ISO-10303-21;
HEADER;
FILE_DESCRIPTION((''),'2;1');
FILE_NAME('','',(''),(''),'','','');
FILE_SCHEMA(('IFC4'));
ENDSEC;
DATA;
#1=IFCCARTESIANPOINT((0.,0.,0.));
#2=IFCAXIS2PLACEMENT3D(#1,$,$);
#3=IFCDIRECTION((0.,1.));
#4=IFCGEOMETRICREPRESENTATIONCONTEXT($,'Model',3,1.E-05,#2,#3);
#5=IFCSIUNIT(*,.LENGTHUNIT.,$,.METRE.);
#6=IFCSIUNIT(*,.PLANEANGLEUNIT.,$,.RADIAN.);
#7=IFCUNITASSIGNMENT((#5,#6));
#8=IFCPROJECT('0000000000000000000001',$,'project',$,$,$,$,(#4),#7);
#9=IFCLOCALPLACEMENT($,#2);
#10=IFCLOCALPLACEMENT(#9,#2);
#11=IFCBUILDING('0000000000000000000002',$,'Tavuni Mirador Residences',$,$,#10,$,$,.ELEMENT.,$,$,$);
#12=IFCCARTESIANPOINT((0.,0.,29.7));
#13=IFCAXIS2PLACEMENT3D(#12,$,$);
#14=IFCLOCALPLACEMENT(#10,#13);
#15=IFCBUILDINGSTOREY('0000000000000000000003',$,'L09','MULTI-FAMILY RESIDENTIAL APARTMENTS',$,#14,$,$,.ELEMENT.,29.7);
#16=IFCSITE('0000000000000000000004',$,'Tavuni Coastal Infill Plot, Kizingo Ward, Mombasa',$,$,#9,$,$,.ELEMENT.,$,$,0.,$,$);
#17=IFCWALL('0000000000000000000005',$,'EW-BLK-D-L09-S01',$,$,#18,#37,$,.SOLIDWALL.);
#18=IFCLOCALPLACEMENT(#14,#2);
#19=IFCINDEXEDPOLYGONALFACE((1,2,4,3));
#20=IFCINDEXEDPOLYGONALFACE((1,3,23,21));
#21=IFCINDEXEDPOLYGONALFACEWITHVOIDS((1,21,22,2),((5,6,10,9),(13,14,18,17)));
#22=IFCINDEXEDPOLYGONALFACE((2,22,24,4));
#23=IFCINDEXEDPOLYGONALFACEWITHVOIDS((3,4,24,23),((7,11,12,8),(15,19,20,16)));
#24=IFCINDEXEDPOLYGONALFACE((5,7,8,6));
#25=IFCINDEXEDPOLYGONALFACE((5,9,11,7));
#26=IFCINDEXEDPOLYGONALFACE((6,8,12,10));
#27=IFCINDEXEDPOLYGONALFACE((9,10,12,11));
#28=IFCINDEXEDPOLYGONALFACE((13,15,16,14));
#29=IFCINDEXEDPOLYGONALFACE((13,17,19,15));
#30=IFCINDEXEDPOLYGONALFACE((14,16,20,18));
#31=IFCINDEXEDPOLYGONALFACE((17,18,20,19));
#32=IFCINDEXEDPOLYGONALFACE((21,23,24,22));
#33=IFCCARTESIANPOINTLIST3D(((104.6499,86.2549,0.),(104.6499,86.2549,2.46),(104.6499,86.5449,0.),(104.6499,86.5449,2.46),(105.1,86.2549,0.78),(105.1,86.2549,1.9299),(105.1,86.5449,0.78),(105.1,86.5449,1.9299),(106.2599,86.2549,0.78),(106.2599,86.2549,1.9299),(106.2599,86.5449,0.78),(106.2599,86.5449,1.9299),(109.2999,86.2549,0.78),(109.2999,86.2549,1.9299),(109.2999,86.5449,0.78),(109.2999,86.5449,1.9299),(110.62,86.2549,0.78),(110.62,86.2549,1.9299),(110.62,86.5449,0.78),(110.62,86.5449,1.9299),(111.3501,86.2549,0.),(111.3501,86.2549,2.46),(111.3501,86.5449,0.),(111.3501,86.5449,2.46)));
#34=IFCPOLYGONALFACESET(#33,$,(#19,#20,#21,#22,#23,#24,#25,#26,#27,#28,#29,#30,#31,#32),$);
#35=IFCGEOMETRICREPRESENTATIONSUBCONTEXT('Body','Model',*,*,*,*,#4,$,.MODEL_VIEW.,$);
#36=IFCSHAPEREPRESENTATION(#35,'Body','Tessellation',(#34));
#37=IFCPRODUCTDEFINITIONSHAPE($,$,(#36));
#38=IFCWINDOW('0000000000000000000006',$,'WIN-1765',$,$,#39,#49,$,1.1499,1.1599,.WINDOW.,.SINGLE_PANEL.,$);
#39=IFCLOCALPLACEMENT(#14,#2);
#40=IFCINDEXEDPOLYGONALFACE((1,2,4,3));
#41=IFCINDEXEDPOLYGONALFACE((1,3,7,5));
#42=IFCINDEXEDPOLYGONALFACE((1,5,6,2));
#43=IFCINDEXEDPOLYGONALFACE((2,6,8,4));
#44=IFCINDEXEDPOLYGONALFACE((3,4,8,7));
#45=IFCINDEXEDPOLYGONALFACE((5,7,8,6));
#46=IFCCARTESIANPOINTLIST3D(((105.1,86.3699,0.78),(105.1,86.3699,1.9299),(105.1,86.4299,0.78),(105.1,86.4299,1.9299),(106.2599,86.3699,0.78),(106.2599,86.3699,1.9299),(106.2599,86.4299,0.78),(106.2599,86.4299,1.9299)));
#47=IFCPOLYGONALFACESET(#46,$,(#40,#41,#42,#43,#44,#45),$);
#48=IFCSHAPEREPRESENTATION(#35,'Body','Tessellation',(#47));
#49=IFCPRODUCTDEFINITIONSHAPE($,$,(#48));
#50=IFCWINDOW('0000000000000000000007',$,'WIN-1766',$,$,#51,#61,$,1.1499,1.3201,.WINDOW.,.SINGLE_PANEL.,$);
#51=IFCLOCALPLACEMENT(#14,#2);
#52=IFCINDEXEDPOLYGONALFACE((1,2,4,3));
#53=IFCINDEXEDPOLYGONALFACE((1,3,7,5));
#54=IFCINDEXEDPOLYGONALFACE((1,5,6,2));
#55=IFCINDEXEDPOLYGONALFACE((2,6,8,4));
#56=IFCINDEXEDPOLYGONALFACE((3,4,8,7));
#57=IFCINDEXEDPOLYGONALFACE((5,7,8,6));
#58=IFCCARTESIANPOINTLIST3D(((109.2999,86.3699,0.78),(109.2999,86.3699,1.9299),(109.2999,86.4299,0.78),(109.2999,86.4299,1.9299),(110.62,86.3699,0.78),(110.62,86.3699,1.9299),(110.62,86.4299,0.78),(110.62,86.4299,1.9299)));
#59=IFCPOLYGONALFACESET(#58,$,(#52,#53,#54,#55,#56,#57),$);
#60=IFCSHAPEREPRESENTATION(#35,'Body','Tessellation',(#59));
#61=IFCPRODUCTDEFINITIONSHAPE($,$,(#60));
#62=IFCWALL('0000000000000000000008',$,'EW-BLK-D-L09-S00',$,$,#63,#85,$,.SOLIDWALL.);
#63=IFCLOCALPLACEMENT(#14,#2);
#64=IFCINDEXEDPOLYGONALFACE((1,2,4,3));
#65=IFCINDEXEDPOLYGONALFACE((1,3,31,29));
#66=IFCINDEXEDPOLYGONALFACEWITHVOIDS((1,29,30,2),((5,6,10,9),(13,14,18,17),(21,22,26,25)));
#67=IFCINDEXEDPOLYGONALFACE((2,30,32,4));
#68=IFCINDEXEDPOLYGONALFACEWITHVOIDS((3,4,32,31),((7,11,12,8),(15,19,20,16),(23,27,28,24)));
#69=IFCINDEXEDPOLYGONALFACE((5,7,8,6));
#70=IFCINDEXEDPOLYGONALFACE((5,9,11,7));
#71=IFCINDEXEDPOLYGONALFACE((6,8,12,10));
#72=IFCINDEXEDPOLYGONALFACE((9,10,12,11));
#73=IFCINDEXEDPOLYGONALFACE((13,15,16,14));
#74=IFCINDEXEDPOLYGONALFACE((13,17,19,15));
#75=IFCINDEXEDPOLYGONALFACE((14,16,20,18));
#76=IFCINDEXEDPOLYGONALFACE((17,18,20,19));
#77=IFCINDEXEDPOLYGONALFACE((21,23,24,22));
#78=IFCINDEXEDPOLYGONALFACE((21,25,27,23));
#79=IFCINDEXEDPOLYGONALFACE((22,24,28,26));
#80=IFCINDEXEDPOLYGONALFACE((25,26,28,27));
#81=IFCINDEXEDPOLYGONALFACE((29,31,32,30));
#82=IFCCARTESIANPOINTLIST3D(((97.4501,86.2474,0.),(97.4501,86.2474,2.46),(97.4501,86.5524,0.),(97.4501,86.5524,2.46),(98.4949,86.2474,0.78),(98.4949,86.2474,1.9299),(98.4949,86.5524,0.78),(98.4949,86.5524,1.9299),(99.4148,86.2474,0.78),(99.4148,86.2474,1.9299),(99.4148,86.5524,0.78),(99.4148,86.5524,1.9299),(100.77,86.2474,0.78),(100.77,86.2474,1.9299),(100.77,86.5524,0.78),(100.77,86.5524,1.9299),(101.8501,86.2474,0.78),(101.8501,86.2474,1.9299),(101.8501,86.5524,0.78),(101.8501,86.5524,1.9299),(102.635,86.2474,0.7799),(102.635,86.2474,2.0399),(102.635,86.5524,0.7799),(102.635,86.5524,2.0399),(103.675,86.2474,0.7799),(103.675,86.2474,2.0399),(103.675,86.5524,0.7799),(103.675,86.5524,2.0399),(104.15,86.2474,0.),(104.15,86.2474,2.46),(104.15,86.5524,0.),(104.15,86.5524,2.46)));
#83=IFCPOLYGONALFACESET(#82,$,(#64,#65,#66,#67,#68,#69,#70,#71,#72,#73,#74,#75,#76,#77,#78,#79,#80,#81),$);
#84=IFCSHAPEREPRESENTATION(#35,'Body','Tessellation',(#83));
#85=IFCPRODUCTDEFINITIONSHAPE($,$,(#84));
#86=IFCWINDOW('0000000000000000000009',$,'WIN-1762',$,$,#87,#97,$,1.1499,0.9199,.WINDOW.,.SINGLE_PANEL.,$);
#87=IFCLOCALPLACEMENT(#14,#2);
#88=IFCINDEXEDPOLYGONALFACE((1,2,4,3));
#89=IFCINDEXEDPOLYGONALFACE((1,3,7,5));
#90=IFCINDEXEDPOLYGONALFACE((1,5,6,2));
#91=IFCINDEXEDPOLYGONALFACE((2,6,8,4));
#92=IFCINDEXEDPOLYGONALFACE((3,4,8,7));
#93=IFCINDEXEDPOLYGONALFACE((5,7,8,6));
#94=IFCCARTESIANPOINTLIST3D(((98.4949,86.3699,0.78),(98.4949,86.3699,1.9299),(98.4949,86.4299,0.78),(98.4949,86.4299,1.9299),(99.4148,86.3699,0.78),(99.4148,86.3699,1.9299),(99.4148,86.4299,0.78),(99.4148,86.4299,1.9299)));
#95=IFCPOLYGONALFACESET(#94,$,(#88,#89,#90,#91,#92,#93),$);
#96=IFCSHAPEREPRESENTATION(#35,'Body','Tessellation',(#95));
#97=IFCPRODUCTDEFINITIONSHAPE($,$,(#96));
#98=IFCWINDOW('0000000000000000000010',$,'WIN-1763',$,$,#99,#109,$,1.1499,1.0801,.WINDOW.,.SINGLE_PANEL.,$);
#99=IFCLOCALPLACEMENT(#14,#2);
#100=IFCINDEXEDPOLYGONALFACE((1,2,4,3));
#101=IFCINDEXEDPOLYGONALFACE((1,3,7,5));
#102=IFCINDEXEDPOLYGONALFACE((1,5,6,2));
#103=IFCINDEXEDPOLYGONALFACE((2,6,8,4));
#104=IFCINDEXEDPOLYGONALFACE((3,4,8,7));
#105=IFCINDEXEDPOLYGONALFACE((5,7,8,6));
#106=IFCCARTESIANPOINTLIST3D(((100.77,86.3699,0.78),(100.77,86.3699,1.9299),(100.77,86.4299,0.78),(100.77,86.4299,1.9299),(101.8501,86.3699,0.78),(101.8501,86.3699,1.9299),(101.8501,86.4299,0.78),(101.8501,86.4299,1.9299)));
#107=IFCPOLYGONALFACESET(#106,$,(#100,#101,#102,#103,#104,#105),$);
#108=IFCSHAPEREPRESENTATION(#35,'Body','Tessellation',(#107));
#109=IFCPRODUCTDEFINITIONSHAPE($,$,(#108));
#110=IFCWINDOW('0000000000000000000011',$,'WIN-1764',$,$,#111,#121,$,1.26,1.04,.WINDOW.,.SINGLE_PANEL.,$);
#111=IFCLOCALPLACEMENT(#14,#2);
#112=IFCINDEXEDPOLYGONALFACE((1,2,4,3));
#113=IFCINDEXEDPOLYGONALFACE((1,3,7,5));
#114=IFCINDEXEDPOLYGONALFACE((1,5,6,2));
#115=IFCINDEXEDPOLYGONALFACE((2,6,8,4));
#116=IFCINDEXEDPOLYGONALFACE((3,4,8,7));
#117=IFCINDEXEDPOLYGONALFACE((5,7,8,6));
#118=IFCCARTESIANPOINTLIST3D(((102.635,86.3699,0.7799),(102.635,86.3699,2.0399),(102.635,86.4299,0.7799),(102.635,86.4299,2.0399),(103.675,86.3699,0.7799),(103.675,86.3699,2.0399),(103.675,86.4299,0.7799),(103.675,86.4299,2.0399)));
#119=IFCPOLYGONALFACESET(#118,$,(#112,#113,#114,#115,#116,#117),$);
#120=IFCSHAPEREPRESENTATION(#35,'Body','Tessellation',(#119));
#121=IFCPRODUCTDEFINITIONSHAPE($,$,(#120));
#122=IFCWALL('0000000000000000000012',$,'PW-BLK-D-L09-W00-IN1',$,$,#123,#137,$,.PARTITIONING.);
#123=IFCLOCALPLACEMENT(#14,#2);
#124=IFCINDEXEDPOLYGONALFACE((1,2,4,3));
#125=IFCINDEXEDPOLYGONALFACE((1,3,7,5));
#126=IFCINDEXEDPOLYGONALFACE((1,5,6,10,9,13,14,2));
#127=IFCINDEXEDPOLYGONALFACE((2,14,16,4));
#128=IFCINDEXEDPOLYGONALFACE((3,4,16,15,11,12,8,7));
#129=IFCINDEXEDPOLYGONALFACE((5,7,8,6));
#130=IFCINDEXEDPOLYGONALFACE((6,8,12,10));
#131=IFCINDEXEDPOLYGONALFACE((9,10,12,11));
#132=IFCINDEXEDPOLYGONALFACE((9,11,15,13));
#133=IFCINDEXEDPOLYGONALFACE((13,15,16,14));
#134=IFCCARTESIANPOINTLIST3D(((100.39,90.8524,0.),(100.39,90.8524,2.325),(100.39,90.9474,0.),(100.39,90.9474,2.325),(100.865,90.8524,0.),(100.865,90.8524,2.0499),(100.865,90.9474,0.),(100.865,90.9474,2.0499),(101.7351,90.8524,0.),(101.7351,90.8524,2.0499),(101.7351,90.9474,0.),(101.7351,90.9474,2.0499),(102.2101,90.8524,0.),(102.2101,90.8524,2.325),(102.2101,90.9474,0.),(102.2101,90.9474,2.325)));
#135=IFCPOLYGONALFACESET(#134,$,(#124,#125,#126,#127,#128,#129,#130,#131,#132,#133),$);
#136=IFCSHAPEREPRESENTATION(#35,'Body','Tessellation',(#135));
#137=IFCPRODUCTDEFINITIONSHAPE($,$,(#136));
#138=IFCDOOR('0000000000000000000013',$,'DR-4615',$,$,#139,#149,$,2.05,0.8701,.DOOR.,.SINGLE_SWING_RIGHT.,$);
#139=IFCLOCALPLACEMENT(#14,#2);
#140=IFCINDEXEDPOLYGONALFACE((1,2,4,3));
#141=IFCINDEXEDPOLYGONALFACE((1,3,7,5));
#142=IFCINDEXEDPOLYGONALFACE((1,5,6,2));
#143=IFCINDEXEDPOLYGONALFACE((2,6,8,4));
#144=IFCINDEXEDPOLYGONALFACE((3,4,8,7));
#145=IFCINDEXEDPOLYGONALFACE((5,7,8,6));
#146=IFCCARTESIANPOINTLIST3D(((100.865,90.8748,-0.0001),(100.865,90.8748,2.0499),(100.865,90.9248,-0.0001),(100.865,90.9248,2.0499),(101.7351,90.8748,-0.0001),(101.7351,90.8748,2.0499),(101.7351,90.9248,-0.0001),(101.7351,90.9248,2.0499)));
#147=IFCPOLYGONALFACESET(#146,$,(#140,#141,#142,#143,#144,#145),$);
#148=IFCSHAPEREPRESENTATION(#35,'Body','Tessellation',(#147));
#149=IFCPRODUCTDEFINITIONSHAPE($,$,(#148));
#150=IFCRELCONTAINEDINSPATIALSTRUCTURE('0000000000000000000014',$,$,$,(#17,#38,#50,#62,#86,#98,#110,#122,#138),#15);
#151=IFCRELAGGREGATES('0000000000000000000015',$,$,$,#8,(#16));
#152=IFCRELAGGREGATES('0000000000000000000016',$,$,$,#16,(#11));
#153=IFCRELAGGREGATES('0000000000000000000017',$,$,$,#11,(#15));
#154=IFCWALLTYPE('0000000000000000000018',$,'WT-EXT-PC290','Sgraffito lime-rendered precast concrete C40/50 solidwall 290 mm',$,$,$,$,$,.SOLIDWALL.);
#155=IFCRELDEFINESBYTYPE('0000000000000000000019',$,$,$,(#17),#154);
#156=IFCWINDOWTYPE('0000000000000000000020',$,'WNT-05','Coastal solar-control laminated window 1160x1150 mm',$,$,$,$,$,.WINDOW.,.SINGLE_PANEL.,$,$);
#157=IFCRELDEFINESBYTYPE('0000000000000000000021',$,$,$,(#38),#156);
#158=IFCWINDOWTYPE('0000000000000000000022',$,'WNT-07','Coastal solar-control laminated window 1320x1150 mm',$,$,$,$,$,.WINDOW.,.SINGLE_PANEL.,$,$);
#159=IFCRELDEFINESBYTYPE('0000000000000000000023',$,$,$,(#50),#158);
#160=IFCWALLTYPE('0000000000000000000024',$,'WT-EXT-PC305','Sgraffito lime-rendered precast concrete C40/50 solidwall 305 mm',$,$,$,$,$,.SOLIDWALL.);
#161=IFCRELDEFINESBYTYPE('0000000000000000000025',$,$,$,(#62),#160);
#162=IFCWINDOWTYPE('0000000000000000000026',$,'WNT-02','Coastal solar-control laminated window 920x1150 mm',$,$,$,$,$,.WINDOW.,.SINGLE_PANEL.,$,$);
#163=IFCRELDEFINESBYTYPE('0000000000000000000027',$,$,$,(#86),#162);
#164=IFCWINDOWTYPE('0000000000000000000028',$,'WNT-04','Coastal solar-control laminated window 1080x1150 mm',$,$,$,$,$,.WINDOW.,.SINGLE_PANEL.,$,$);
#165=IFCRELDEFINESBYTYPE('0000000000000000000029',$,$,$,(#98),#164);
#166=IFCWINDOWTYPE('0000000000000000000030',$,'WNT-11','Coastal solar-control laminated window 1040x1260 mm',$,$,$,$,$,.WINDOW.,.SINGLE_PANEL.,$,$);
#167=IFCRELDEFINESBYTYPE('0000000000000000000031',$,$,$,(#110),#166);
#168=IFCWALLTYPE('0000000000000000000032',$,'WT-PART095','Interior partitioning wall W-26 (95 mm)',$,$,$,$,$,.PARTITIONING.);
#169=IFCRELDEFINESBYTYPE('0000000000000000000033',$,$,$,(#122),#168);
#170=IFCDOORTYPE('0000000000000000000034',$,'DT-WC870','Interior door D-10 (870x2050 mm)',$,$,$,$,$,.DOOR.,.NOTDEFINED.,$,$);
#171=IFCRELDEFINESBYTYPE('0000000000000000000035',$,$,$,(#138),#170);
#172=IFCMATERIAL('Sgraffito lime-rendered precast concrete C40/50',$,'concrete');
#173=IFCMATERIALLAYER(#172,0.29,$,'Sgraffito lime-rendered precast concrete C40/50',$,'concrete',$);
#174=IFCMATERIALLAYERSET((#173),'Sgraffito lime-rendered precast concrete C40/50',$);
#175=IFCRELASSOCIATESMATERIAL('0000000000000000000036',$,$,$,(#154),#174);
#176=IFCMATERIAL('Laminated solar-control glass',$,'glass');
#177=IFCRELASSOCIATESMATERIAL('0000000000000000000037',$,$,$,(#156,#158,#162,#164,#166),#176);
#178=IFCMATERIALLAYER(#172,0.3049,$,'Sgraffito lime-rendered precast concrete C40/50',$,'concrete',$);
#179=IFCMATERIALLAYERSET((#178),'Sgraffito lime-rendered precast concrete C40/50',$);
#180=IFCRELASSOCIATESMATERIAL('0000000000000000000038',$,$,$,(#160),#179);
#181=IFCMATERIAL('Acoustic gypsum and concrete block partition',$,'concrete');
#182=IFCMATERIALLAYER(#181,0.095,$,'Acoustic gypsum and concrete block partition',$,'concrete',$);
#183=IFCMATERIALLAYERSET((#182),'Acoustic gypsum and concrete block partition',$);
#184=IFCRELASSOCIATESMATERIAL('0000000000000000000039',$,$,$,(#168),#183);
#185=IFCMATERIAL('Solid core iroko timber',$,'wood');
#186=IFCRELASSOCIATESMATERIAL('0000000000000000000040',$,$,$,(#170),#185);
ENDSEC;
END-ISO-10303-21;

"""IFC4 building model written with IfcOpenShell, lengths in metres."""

from ifc_helpers import new_model, si_unit, direction, frame, frame_2d, origin, place, context, subcontext, project, spatial, rectangle, extrude, material, layer, layer_set, type_object, element, fill, save


model = new_model("IFC4")

# Units and contexts
model_context = context("Model", 3, precision=1e-05, world=origin(), true_north=direction((0.0, 1.0)))
body_context = subcontext(model_context, "Body", "Model", "MODEL_VIEW")
ifc_project = project(units=[si_unit("LENGTHUNIT", "METRE"), si_unit("PLANEANGLEUNIT", "RADIAN")], contexts=[model_context])

# Site, building, storey
site_placement = place(None, origin())
site = spatial("IfcSite", under=ifc_project, at=site_placement, Name="Tavuni Coastal Infill Plot, Kizingo Ward, Mombasa", CompositionType="ELEMENT", RefElevation=0.0)
building_placement = place(site_placement, origin())
building = spatial("IfcBuilding", under=site, at=building_placement, Name="Tavuni Mirador Residences", CompositionType="ELEMENT")
storey_placement = place(building_placement, frame((0.0, 0.0, 29.7)))
storey = spatial("IfcBuildingStorey", under=building, at=storey_placement, Name="L09", Description="MULTI-FAMILY RESIDENTIAL APARTMENTS", CompositionType="ELEMENT", Elevation=29.7)

# Shared definitions
ifc_material_1 = material(Name="Solid core iroko timber", Category="wood")

# Walls, openings, windows
ifc_material_2 = material(Name="Sgraffito lime-rendered precast concrete C40/50", Category="concrete")
ifc_layer_1 = layer(ifc_material_2, 0.29, Name="Sgraffito lime-rendered precast concrete C40/50", Category="concrete")
ifc_layer_set_1 = layer_set([ifc_layer_1], Name="Sgraffito lime-rendered precast concrete C40/50")
wall_type_1 = type_object("IfcWallType", Name="WT-EXT-PC290", Description="Sgraffito lime-rendered precast concrete C40/50 solidwall 290 mm", PredefinedType="SOLIDWALL", material=ifc_layer_set_1)
wall_1_placement = place(storey_placement, frame((104.6499, 86.3999, 0.0), z_axis=(0.0, 0.0, 1.0), x_axis=(1.0, 0.0, 0.0)))
wall_1 = element("IfcWall", 1, at=wall_1_placement, inside=storey, type_object=wall_type_1, Name="EW-BLK-D-L09-S01", PredefinedType="SOLIDWALL", context=body_context, shape_type="SweptSolid", body=[
    extrude(rectangle(XDim=6.7002, YDim=0.29, at=frame_2d((3.3501, 0.0))), origin(), (0.0, 0.0, 1.0), 2.46),
])
opening_1_placement = place(wall_1_placement, frame((0.45, 0.0, 0.78)))
opening_1 = element("IfcOpeningElement", 2, at=opening_1_placement, cuts=wall_1, PredefinedType="OPENING", context=body_context, shape_type="SweptSolid", body=[
    extrude(rectangle(XDim=1.1599, YDim=1.1499, at=frame_2d((0.5801, 0.575))), frame((0.0, 0.155, 0.0), z_axis=(0.0, -1.0, 0.0), x_axis=(1.0, 0.0, 0.0)), (0.0, 0.0, 1.0), 0.3101),
])
opening_2_placement = place(wall_1_placement, frame((4.6499, 0.0, 0.78)))
opening_2 = element("IfcOpeningElement", 3, at=opening_2_placement, cuts=wall_1, PredefinedType="OPENING", context=body_context, shape_type="SweptSolid", body=[
    extrude(rectangle(XDim=1.3201, YDim=1.1499, at=frame_2d((0.6602, 0.575))), frame((0.0, 0.155, 0.0), z_axis=(0.0, -1.0, 0.0), x_axis=(1.0, 0.0, 0.0)), (0.0, 0.0, 1.0), 0.3101),
])
ifc_material_3 = material(Name="Laminated solar-control glass", Category="glass")
window_type_1 = type_object("IfcWindowType", Name="WNT-05", Description="Coastal solar-control laminated window 1160x1150 mm", PartitioningType="SINGLE_PANEL", PredefinedType="WINDOW", material=ifc_material_3)
window_1_placement = place(opening_1_placement, origin())
window_1 = element("IfcWindow", 4, at=window_1_placement, inside=storey, type_object=window_type_1, Name="WIN-1765", OverallHeight=1.1499, OverallWidth=1.1599, PartitioningType="SINGLE_PANEL", PredefinedType="WINDOW", context=body_context, shape_type="SweptSolid", body=[
    extrude(rectangle(XDim=1.1599, YDim=1.1499, at=frame_2d((0.5801, 0.575))), frame((0.0, 0.03, 0.0), z_axis=(0.0, -1.0, 0.0), x_axis=(1.0, 0.0, 0.0)), (0.0, 0.0, 1.0), 0.0601),
])
fill(opening_1, window_1)
window_type_2 = type_object("IfcWindowType", Name="WNT-07", Description="Coastal solar-control laminated window 1320x1150 mm", PartitioningType="SINGLE_PANEL", PredefinedType="WINDOW", material=ifc_material_3)
window_2_placement = place(opening_2_placement, origin())
window_2 = element("IfcWindow", 5, at=window_2_placement, inside=storey, type_object=window_type_2, Name="WIN-1766", OverallHeight=1.1499, OverallWidth=1.3201, PartitioningType="SINGLE_PANEL", PredefinedType="WINDOW", context=body_context, shape_type="SweptSolid", body=[
    extrude(rectangle(XDim=1.3201, YDim=1.1499, at=frame_2d((0.6602, 0.575))), frame((0.0, 0.03, 0.0), z_axis=(0.0, -1.0, 0.0), x_axis=(1.0, 0.0, 0.0)), (0.0, 0.0, 1.0), 0.0601),
])
fill(opening_2, window_2)
ifc_layer_2 = layer(ifc_material_2, 0.3049, Name="Sgraffito lime-rendered precast concrete C40/50", Category="concrete")
ifc_layer_set_2 = layer_set([ifc_layer_2], Name="Sgraffito lime-rendered precast concrete C40/50")
wall_type_2 = type_object("IfcWallType", Name="WT-EXT-PC305", Description="Sgraffito lime-rendered precast concrete C40/50 solidwall 305 mm", PredefinedType="SOLIDWALL", material=ifc_layer_set_2)
wall_2_placement = place(storey_placement, frame((97.45, 86.3999, 0.0), z_axis=(0.0, 0.0, 1.0), x_axis=(1.0, 0.0, 0.0)))
wall_2 = element("IfcWall", 6, at=wall_2_placement, inside=storey, type_object=wall_type_2, Name="EW-BLK-D-L09-S00", PredefinedType="SOLIDWALL", context=body_context, shape_type="SweptSolid", body=[
    extrude(rectangle(XDim=6.7, YDim=0.3049, at=frame_2d((3.3501, 0.0))), origin(), (0.0, 0.0, 1.0), 2.46),
])
opening_3_placement = place(wall_2_placement, frame((1.0449, 0.0, 0.78)))
opening_3 = element("IfcOpeningElement", 7, at=opening_3_placement, cuts=wall_2, PredefinedType="OPENING", context=body_context, shape_type="SweptSolid", body=[
    extrude(rectangle(XDim=0.9199, YDim=1.1499, at=frame_2d((0.46, 0.575))), frame((0.0, 0.1626, 0.0), z_axis=(0.0, -1.0, 0.0), x_axis=(1.0, 0.0, 0.0)), (0.0, 0.0, 1.0), 0.325),
])
opening_4_placement = place(wall_2_placement, frame((3.3201, 0.0, 0.78)))
opening_4 = element("IfcOpeningElement", 8, at=opening_4_placement, cuts=wall_2, PredefinedType="OPENING", context=body_context, shape_type="SweptSolid", body=[
    extrude(rectangle(XDim=1.0801, YDim=1.1499, at=frame_2d((0.54, 0.575))), frame((0.0, 0.1626, 0.0), z_axis=(0.0, -1.0, 0.0), x_axis=(1.0, 0.0, 0.0)), (0.0, 0.0, 1.0), 0.325),
])
opening_5_placement = place(wall_2_placement, frame((5.1851, 0.0, 0.78)))
opening_5 = element("IfcOpeningElement", 9, at=opening_5_placement, cuts=wall_2, PredefinedType="OPENING", context=body_context, shape_type="SweptSolid", body=[
    extrude(rectangle(XDim=1.04, YDim=1.26, at=frame_2d((0.52, 0.6299))), frame((0.0, 0.1626, 0.0), z_axis=(0.0, -1.0, 0.0), x_axis=(1.0, 0.0, 0.0)), (0.0, 0.0, 1.0), 0.325),
])
window_type_3 = type_object("IfcWindowType", Name="WNT-02", Description="Coastal solar-control laminated window 920x1150 mm", PartitioningType="SINGLE_PANEL", PredefinedType="WINDOW", material=ifc_material_3)
window_3_placement = place(opening_3_placement, origin())
window_3 = element("IfcWindow", 10, at=window_3_placement, inside=storey, type_object=window_type_3, Name="WIN-1762", OverallHeight=1.1499, OverallWidth=0.9199, PartitioningType="SINGLE_PANEL", PredefinedType="WINDOW", context=body_context, shape_type="SweptSolid", body=[
    extrude(rectangle(XDim=0.9199, YDim=1.1499, at=frame_2d((0.46, 0.575))), frame((0.0, 0.03, 0.0), z_axis=(0.0, -1.0, 0.0), x_axis=(1.0, 0.0, 0.0)), (0.0, 0.0, 1.0), 0.0601),
])
fill(opening_3, window_3)
window_type_4 = type_object("IfcWindowType", Name="WNT-04", Description="Coastal solar-control laminated window 1080x1150 mm", PartitioningType="SINGLE_PANEL", PredefinedType="WINDOW", material=ifc_material_3)
window_4_placement = place(opening_4_placement, origin())
window_4 = element("IfcWindow", 11, at=window_4_placement, inside=storey, type_object=window_type_4, Name="WIN-1763", OverallHeight=1.1499, OverallWidth=1.0801, PartitioningType="SINGLE_PANEL", PredefinedType="WINDOW", context=body_context, shape_type="SweptSolid", body=[
    extrude(rectangle(XDim=1.0801, YDim=1.1499, at=frame_2d((0.54, 0.575))), frame((0.0, 0.03, 0.0), z_axis=(0.0, -1.0, 0.0), x_axis=(1.0, 0.0, 0.0)), (0.0, 0.0, 1.0), 0.0601),
])
fill(opening_4, window_4)
window_type_5 = type_object("IfcWindowType", Name="WNT-11", Description="Coastal solar-control laminated window 1040x1260 mm", PartitioningType="SINGLE_PANEL", PredefinedType="WINDOW", material=ifc_material_3)
window_5_placement = place(opening_5_placement, origin())
window_5 = element("IfcWindow", 12, at=window_5_placement, inside=storey, type_object=window_type_5, Name="WIN-1764", OverallHeight=1.26, OverallWidth=1.04, PartitioningType="SINGLE_PANEL", PredefinedType="WINDOW", context=body_context, shape_type="SweptSolid", body=[
    extrude(rectangle(XDim=1.04, YDim=1.26, at=frame_2d((0.52, 0.6299))), frame((0.0, 0.03, 0.0), z_axis=(0.0, -1.0, 0.0), x_axis=(1.0, 0.0, 0.0)), (0.0, 0.0, 1.0), 0.0601),
])
fill(opening_5, window_5)

# Wall, opening, door
ifc_material_4 = material(Name="Acoustic gypsum and concrete block partition", Category="concrete")
ifc_layer_3 = layer(ifc_material_4, 0.095, Name="Acoustic gypsum and concrete block partition", Category="concrete")
ifc_layer_set_3 = layer_set([ifc_layer_3], Name="Acoustic gypsum and concrete block partition")
wall_type_3 = type_object("IfcWallType", Name="WT-PART095", Description="Interior partitioning wall W-26 (95 mm)", PredefinedType="PARTITIONING", material=ifc_layer_set_3)
wall_3_placement = place(storey_placement, frame((100.3899, 90.8999, 0.0), z_axis=(0.0, 0.0, 1.0), x_axis=(1.0, 0.0, 0.0)))
wall_3 = element("IfcWall", 13, at=wall_3_placement, inside=storey, type_object=wall_type_3, Name="PW-BLK-D-L09-W00-IN1", PredefinedType="PARTITIONING", context=body_context, shape_type="SweptSolid", body=[
    extrude(rectangle(XDim=1.8201, YDim=0.095, at=frame_2d((0.9102, 0.0))), origin(), (0.0, 0.0, 1.0), 2.325),
])
opening_6_placement = place(wall_3_placement, frame((0.4751, 0.0, 0.0)))
opening_6 = element("IfcOpeningElement", 14, at=opening_6_placement, cuts=wall_3, PredefinedType="OPENING", context=body_context, shape_type="SweptSolid", body=[
    extrude(rectangle(XDim=0.8701, YDim=2.05, at=frame_2d((0.4351, 1.0249))), frame((0.0, 0.0576, 0.0), z_axis=(0.0, -1.0, 0.0), x_axis=(1.0, 0.0, 0.0)), (0.0, 0.0, 1.0), 0.115),
])
door_type_1 = type_object("IfcDoorType", Name="DT-WC870", Description="Interior door D-10 (870x2050 mm)", OperationType="NOTDEFINED", PredefinedType="DOOR", material=ifc_material_1)
door_1_placement = place(opening_6_placement, origin())
door_1 = element("IfcDoor", 15, at=door_1_placement, inside=storey, type_object=door_type_1, Name="DR-4615", OperationType="SINGLE_SWING_RIGHT", OverallHeight=2.05, OverallWidth=0.8701, PredefinedType="DOOR", context=body_context, shape_type="SweptSolid", body=[
    extrude(rectangle(XDim=0.8701, YDim=2.05, at=frame_2d((0.4351, 1.0249))), frame((0.0, 0.0249, 0.0), z_axis=(0.0, -1.0, 0.0), x_axis=(1.0, 0.0, 0.0)), (0.0, 0.0, 1.0), 0.05),
])
fill(opening_6, door_1)

save(model, "model.ifc")
